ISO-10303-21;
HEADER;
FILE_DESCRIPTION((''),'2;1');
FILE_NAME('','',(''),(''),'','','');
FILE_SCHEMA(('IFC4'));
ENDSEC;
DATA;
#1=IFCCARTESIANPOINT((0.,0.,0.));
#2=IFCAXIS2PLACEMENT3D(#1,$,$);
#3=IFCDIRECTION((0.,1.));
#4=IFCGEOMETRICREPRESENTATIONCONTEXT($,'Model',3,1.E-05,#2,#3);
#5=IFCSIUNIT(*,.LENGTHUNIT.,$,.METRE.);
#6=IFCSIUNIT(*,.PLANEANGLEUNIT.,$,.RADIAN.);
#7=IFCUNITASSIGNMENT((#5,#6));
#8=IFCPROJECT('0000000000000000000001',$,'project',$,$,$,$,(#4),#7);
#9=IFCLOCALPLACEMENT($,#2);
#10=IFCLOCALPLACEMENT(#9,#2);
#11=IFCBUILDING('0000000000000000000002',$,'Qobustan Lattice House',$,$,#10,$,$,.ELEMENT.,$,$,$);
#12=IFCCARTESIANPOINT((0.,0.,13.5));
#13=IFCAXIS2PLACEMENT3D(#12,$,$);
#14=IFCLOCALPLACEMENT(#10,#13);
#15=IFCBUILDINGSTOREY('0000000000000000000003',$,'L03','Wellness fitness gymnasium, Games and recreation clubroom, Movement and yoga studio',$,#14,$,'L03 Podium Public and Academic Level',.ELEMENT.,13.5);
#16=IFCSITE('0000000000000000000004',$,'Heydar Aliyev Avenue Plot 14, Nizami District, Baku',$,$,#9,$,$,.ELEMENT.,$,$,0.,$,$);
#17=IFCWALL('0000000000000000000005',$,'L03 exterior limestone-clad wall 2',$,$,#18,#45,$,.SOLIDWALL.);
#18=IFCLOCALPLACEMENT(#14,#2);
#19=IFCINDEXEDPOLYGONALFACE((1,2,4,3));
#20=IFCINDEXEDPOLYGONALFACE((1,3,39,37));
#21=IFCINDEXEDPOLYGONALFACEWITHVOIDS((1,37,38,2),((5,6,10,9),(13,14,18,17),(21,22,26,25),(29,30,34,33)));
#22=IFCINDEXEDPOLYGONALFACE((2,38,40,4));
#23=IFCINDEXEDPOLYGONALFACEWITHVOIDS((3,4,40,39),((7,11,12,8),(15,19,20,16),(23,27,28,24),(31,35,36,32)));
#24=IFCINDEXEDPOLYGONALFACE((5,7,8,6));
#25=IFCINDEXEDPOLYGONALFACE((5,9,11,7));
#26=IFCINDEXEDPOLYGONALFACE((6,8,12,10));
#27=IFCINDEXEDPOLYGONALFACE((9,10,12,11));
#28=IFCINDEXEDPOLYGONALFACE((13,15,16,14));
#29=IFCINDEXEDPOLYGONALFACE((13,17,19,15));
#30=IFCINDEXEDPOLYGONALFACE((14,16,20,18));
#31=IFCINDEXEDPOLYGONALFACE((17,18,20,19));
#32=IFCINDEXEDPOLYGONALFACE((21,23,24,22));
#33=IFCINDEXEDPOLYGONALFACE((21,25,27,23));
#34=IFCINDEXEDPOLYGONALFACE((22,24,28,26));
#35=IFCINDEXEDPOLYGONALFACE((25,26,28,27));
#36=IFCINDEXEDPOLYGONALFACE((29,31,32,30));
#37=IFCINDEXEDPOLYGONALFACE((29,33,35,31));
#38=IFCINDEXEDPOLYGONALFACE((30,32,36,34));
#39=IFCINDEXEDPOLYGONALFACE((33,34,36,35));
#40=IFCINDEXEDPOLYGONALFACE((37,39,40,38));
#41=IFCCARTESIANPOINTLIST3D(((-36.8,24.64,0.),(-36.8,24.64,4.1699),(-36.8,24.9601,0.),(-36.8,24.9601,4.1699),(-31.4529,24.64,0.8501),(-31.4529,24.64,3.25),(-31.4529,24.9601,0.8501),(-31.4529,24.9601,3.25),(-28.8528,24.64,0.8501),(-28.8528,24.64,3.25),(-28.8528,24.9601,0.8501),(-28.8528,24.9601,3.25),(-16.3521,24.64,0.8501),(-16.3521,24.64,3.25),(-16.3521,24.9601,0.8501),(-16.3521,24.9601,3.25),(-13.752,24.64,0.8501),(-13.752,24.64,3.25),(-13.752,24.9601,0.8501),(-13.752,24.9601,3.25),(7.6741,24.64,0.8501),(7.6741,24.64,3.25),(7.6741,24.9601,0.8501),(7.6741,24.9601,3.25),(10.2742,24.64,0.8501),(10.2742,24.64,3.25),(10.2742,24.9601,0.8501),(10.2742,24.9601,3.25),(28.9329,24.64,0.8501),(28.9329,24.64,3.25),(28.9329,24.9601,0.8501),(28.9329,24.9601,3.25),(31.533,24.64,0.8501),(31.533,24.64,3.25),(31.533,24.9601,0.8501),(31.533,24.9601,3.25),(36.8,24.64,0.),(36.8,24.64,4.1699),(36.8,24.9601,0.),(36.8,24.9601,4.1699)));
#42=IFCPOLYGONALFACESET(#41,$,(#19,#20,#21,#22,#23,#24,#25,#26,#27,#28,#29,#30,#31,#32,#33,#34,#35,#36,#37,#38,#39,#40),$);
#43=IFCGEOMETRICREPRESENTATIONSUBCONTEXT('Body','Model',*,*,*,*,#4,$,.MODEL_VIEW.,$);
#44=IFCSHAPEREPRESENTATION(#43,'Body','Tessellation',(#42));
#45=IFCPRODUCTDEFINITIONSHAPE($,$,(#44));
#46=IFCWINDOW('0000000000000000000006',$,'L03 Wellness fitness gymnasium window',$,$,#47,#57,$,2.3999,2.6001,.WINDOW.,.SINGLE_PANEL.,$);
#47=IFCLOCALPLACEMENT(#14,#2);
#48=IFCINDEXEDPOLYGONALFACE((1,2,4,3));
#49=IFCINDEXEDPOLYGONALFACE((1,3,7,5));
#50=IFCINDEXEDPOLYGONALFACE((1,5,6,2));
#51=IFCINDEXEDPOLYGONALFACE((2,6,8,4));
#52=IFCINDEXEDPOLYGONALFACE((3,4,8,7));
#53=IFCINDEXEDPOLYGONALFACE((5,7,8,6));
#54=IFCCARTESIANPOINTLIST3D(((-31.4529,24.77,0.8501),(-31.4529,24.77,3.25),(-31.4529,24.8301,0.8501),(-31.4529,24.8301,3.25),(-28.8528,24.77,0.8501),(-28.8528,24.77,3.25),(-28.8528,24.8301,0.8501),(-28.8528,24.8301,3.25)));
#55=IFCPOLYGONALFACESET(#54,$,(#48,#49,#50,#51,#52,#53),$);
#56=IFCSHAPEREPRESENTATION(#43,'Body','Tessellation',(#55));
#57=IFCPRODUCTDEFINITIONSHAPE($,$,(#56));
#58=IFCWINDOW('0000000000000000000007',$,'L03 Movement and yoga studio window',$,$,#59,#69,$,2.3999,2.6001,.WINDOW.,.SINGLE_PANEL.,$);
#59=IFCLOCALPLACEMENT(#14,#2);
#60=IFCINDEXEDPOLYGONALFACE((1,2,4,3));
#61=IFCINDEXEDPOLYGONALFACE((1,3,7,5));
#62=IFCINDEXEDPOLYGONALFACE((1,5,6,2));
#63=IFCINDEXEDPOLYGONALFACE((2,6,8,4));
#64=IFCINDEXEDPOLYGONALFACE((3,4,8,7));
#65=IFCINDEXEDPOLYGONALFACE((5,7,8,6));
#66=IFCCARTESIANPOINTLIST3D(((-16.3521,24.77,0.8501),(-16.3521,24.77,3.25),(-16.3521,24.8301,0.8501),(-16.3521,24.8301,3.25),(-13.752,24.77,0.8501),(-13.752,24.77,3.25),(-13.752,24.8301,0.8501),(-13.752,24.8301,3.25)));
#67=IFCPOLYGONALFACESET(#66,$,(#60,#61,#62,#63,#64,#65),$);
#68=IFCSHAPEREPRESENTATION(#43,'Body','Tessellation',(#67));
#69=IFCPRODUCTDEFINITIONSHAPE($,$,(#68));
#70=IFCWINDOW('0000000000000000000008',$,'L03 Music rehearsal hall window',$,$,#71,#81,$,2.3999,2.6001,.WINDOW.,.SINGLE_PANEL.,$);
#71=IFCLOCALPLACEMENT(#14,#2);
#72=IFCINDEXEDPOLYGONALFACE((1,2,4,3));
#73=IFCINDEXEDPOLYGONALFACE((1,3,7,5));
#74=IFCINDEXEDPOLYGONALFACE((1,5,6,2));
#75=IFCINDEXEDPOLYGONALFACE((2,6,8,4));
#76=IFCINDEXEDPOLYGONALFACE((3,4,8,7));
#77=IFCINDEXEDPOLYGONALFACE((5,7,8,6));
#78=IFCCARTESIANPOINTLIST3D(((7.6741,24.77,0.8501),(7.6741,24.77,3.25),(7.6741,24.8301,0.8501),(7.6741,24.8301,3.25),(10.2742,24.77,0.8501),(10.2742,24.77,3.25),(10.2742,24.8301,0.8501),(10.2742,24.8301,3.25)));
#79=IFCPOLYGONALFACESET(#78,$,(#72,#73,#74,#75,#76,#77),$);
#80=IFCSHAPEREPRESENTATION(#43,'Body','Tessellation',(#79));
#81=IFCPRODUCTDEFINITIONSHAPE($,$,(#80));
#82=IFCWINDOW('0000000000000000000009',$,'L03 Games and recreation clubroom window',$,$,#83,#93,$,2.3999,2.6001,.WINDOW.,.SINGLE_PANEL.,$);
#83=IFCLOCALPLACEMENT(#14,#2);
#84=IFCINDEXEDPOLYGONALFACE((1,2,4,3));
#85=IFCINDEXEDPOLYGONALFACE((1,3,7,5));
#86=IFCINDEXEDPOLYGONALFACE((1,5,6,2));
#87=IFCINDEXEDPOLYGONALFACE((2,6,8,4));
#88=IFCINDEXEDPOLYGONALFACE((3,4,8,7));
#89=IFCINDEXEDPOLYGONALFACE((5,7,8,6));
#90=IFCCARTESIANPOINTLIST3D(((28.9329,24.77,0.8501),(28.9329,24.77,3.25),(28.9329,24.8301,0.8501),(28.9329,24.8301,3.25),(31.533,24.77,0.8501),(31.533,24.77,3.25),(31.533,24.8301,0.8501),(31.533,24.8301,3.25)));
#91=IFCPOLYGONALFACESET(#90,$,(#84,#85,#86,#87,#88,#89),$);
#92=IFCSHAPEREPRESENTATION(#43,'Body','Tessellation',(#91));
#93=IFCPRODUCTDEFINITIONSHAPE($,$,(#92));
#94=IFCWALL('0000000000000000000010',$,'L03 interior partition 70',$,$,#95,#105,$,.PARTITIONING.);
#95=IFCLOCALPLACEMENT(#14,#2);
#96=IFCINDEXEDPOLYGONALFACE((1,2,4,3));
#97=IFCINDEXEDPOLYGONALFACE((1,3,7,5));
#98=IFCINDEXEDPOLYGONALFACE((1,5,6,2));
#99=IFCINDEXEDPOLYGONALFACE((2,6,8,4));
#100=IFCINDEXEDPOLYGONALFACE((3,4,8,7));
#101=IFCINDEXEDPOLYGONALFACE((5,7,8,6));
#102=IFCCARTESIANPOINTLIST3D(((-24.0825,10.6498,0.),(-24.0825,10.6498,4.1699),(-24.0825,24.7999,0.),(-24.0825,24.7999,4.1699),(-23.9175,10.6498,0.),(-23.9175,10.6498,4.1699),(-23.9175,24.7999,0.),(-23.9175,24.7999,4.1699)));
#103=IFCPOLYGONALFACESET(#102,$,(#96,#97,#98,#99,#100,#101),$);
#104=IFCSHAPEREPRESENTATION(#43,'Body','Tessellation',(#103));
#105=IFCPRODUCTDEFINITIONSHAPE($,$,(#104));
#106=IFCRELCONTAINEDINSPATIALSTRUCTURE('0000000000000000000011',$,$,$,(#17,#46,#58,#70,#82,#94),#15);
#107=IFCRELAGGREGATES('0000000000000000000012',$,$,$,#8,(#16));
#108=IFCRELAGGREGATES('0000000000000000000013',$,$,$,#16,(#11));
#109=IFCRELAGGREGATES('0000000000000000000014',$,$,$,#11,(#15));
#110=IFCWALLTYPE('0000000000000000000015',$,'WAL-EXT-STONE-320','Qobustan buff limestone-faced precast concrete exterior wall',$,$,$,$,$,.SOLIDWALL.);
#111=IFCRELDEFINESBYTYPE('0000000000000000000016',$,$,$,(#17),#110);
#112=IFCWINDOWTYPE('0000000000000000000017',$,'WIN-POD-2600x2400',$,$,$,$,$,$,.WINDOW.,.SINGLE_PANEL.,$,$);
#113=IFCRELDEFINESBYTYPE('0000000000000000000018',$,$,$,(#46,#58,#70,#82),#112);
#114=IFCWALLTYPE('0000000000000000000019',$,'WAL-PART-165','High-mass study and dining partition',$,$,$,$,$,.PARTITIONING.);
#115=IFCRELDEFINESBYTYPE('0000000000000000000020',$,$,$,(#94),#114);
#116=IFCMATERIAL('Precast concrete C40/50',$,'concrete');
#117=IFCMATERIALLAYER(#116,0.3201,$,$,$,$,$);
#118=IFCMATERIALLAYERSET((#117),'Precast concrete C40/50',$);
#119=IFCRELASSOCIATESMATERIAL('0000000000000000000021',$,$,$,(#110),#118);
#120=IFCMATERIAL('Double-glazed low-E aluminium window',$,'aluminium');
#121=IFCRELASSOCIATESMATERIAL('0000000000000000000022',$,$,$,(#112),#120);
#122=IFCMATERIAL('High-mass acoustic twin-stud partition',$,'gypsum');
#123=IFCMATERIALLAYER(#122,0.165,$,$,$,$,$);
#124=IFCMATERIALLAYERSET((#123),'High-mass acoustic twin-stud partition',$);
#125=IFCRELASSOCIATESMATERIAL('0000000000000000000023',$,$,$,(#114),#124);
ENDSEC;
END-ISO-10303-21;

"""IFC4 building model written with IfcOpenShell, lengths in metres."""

from ifc_helpers import new_model, si_unit, direction, frame, frame_2d, origin, place, context, subcontext, project, spatial, rectangle, extrude, material, layer, layer_set, type_object, element, fill, save


model = new_model("IFC4")

# Units and contexts
model_context = context("Model", 3, precision=1e-05, world=origin(), true_north=direction((0.0, 1.0)))
body_context = subcontext(model_context, "Body", "Model", "MODEL_VIEW")
ifc_project = project(units=[si_unit("LENGTHUNIT", "METRE"), si_unit("PLANEANGLEUNIT", "RADIAN")], contexts=[model_context])

# Site, building, storey
site_placement = place(None, origin())
site = spatial("IfcSite", under=ifc_project, at=site_placement, Name="Heydar Aliyev Avenue Plot 14, Nizami District, Baku", CompositionType="ELEMENT", RefElevation=0.0)
building_placement = place(site_placement, origin())
building = spatial("IfcBuilding", under=site, at=building_placement, Name="Qobustan Lattice House", CompositionType="ELEMENT")
storey_placement = place(building_placement, frame((0.0, 0.0, 13.5)))
storey = spatial("IfcBuildingStorey", under=building, at=storey_placement, Name="L03", Description="Wellness fitness gymnasium, Games and recreation clubroom, Movement and yoga studio", LongName="L03 Podium Public and Academic Level", CompositionType="ELEMENT", Elevation=13.5)

# Wall, openings, windows
ifc_material_1 = material(Name="Precast concrete C40/50", Category="concrete")
ifc_layer_1 = layer(ifc_material_1, 0.3201)
ifc_layer_set_1 = layer_set([ifc_layer_1], Name="Precast concrete C40/50")
wall_type_1 = type_object("IfcWallType", Name="WAL-EXT-STONE-320", Description="Qobustan buff limestone-faced precast concrete exterior wall", PredefinedType="SOLIDWALL", material=ifc_layer_set_1)
wall_1_placement = place(storey_placement, frame((-36.8, 24.8, 0.0), z_axis=(0.0, 0.0, 1.0), x_axis=(1.0, 0.0, 0.0)))
wall_1 = element("IfcWall", 1, at=wall_1_placement, inside=storey, type_object=wall_type_1, Name="L03 exterior limestone-clad wall 2", PredefinedType="SOLIDWALL", context=body_context, shape_type="SweptSolid", body=[
    extrude(rectangle(XDim=73.6001, YDim=0.3201, at=frame_2d((36.8, 0.0))), origin(), (0.0, 0.0, 1.0), 4.1699),
])
opening_1_placement = place(wall_1_placement, frame((5.3472, 0.0, 0.8501)))
opening_1 = element("IfcOpeningElement", 2, at=opening_1_placement, cuts=wall_1, PredefinedType="OPENING", context=body_context, shape_type="SweptSolid", body=[
    extrude(rectangle(XDim=2.6001, YDim=2.3999, at=frame_2d((1.3, 1.2))), frame((0.0, 0.1699, 0.0), z_axis=(0.0, -1.0, 0.0), x_axis=(1.0, 0.0, 0.0)), (0.0, 0.0, 1.0), 0.3401),
])
opening_2_placement = place(wall_1_placement, frame((20.448, 0.0, 0.8501)))
opening_2 = element("IfcOpeningElement", 3, at=opening_2_placement, cuts=wall_1, PredefinedType="OPENING", context=body_context, shape_type="SweptSolid", body=[
    extrude(rectangle(XDim=2.6001, YDim=2.3999, at=frame_2d((1.3, 1.2))), frame((0.0, 0.1699, 0.0), z_axis=(0.0, -1.0, 0.0), x_axis=(1.0, 0.0, 0.0)), (0.0, 0.0, 1.0), 0.3401),
])
opening_3_placement = place(wall_1_placement, frame((44.4741, 0.0, 0.8501)))
opening_3 = element("IfcOpeningElement", 4, at=opening_3_placement, cuts=wall_1, PredefinedType="OPENING", context=body_context, shape_type="SweptSolid", body=[
    extrude(rectangle(XDim=2.6001, YDim=2.3999, at=frame_2d((1.3, 1.2))), frame((0.0, 0.1699, 0.0), z_axis=(0.0, -1.0, 0.0), x_axis=(1.0, 0.0, 0.0)), (0.0, 0.0, 1.0), 0.3401),
])
opening_4_placement = place(wall_1_placement, frame((65.7329, 0.0, 0.8501)))
opening_4 = element("IfcOpeningElement", 5, at=opening_4_placement, cuts=wall_1, PredefinedType="OPENING", context=body_context, shape_type="SweptSolid", body=[
    extrude(rectangle(XDim=2.6001, YDim=2.3999, at=frame_2d((1.3, 1.2))), frame((0.0, 0.1699, 0.0), z_axis=(0.0, -1.0, 0.0), x_axis=(1.0, 0.0, 0.0)), (0.0, 0.0, 1.0), 0.3401),
])
ifc_material_2 = material(Name="Double-glazed low-E aluminium window", Category="aluminium")
window_type = type_object("IfcWindowType", Name="WIN-POD-2600x2400", PartitioningType="SINGLE_PANEL", PredefinedType="WINDOW", material=ifc_material_2)
window_1_placement = place(opening_1_placement, origin())
window_1 = element("IfcWindow", 6, at=window_1_placement, inside=storey, type_object=window_type, Name="L03 Wellness fitness gymnasium window", OverallHeight=2.3999, OverallWidth=2.6001, PartitioningType="SINGLE_PANEL", PredefinedType="WINDOW", context=body_context, shape_type="SweptSolid", body=[
    extrude(rectangle(XDim=2.6001, YDim=2.3999, at=frame_2d((1.3, 1.2))), frame((0.0, 0.03, 0.0), z_axis=(0.0, -1.0, 0.0), x_axis=(1.0, 0.0, 0.0)), (0.0, 0.0, 1.0), 0.0601),
])
fill(opening_1, window_1)
window_2_placement = place(opening_2_placement, origin())
window_2 = element("IfcWindow", 7, at=window_2_placement, inside=storey, type_object=window_type, Name="L03 Movement and yoga studio window", OverallHeight=2.3999, OverallWidth=2.6001, PartitioningType="SINGLE_PANEL", PredefinedType="WINDOW", context=body_context, shape_type="SweptSolid", body=[
    extrude(rectangle(XDim=2.6001, YDim=2.3999, at=frame_2d((1.3, 1.2))), frame((0.0, 0.03, 0.0), z_axis=(0.0, -1.0, 0.0), x_axis=(1.0, 0.0, 0.0)), (0.0, 0.0, 1.0), 0.0601),
])
fill(opening_2, window_2)
window_3_placement = place(opening_3_placement, origin())
window_3 = element("IfcWindow", 8, at=window_3_placement, inside=storey, type_object=window_type, Name="L03 Music rehearsal hall window", OverallHeight=2.3999, OverallWidth=2.6001, PartitioningType="SINGLE_PANEL", PredefinedType="WINDOW", context=body_context, shape_type="SweptSolid", body=[
    extrude(rectangle(XDim=2.6001, YDim=2.3999, at=frame_2d((1.3, 1.2))), frame((0.0, 0.03, 0.0), z_axis=(0.0, -1.0, 0.0), x_axis=(1.0, 0.0, 0.0)), (0.0, 0.0, 1.0), 0.0601),
])
fill(opening_3, window_3)
window_4_placement = place(opening_4_placement, origin())
window_4 = element("IfcWindow", 9, at=window_4_placement, inside=storey, type_object=window_type, Name="L03 Games and recreation clubroom window", OverallHeight=2.3999, OverallWidth=2.6001, PartitioningType="SINGLE_PANEL", PredefinedType="WINDOW", context=body_context, shape_type="SweptSolid", body=[
    extrude(rectangle(XDim=2.6001, YDim=2.3999, at=frame_2d((1.3, 1.2))), frame((0.0, 0.03, 0.0), z_axis=(0.0, -1.0, 0.0), x_axis=(1.0, 0.0, 0.0)), (0.0, 0.0, 1.0), 0.0601),
])
fill(opening_4, window_4)

# Wall
ifc_material_3 = material(Name="High-mass acoustic twin-stud partition", Category="gypsum")
ifc_layer_2 = layer(ifc_material_3, 0.165)
ifc_layer_set_2 = layer_set([ifc_layer_2], Name="High-mass acoustic twin-stud partition")
wall_type_2 = type_object("IfcWallType", Name="WAL-PART-165", Description="High-mass study and dining partition", PredefinedType="PARTITIONING", material=ifc_layer_set_2)
wall_2_placement = place(storey_placement, frame((-24.0, 24.8, 0.0), z_axis=(0.0, 0.0, 1.0), x_axis=(0.0, -1.0, 0.0)))
element("IfcWall", 10, at=wall_2_placement, inside=storey, type_object=wall_type_2, Name="L03 interior partition 70", PredefinedType="PARTITIONING", context=body_context, shape_type="SweptSolid", body=[
    extrude(rectangle(XDim=14.1501, YDim=0.165, at=frame_2d((7.0752, 0.0))), origin(), (0.0, 0.0, 1.0), 4.1699),
])

save(model, "model.ifc")
